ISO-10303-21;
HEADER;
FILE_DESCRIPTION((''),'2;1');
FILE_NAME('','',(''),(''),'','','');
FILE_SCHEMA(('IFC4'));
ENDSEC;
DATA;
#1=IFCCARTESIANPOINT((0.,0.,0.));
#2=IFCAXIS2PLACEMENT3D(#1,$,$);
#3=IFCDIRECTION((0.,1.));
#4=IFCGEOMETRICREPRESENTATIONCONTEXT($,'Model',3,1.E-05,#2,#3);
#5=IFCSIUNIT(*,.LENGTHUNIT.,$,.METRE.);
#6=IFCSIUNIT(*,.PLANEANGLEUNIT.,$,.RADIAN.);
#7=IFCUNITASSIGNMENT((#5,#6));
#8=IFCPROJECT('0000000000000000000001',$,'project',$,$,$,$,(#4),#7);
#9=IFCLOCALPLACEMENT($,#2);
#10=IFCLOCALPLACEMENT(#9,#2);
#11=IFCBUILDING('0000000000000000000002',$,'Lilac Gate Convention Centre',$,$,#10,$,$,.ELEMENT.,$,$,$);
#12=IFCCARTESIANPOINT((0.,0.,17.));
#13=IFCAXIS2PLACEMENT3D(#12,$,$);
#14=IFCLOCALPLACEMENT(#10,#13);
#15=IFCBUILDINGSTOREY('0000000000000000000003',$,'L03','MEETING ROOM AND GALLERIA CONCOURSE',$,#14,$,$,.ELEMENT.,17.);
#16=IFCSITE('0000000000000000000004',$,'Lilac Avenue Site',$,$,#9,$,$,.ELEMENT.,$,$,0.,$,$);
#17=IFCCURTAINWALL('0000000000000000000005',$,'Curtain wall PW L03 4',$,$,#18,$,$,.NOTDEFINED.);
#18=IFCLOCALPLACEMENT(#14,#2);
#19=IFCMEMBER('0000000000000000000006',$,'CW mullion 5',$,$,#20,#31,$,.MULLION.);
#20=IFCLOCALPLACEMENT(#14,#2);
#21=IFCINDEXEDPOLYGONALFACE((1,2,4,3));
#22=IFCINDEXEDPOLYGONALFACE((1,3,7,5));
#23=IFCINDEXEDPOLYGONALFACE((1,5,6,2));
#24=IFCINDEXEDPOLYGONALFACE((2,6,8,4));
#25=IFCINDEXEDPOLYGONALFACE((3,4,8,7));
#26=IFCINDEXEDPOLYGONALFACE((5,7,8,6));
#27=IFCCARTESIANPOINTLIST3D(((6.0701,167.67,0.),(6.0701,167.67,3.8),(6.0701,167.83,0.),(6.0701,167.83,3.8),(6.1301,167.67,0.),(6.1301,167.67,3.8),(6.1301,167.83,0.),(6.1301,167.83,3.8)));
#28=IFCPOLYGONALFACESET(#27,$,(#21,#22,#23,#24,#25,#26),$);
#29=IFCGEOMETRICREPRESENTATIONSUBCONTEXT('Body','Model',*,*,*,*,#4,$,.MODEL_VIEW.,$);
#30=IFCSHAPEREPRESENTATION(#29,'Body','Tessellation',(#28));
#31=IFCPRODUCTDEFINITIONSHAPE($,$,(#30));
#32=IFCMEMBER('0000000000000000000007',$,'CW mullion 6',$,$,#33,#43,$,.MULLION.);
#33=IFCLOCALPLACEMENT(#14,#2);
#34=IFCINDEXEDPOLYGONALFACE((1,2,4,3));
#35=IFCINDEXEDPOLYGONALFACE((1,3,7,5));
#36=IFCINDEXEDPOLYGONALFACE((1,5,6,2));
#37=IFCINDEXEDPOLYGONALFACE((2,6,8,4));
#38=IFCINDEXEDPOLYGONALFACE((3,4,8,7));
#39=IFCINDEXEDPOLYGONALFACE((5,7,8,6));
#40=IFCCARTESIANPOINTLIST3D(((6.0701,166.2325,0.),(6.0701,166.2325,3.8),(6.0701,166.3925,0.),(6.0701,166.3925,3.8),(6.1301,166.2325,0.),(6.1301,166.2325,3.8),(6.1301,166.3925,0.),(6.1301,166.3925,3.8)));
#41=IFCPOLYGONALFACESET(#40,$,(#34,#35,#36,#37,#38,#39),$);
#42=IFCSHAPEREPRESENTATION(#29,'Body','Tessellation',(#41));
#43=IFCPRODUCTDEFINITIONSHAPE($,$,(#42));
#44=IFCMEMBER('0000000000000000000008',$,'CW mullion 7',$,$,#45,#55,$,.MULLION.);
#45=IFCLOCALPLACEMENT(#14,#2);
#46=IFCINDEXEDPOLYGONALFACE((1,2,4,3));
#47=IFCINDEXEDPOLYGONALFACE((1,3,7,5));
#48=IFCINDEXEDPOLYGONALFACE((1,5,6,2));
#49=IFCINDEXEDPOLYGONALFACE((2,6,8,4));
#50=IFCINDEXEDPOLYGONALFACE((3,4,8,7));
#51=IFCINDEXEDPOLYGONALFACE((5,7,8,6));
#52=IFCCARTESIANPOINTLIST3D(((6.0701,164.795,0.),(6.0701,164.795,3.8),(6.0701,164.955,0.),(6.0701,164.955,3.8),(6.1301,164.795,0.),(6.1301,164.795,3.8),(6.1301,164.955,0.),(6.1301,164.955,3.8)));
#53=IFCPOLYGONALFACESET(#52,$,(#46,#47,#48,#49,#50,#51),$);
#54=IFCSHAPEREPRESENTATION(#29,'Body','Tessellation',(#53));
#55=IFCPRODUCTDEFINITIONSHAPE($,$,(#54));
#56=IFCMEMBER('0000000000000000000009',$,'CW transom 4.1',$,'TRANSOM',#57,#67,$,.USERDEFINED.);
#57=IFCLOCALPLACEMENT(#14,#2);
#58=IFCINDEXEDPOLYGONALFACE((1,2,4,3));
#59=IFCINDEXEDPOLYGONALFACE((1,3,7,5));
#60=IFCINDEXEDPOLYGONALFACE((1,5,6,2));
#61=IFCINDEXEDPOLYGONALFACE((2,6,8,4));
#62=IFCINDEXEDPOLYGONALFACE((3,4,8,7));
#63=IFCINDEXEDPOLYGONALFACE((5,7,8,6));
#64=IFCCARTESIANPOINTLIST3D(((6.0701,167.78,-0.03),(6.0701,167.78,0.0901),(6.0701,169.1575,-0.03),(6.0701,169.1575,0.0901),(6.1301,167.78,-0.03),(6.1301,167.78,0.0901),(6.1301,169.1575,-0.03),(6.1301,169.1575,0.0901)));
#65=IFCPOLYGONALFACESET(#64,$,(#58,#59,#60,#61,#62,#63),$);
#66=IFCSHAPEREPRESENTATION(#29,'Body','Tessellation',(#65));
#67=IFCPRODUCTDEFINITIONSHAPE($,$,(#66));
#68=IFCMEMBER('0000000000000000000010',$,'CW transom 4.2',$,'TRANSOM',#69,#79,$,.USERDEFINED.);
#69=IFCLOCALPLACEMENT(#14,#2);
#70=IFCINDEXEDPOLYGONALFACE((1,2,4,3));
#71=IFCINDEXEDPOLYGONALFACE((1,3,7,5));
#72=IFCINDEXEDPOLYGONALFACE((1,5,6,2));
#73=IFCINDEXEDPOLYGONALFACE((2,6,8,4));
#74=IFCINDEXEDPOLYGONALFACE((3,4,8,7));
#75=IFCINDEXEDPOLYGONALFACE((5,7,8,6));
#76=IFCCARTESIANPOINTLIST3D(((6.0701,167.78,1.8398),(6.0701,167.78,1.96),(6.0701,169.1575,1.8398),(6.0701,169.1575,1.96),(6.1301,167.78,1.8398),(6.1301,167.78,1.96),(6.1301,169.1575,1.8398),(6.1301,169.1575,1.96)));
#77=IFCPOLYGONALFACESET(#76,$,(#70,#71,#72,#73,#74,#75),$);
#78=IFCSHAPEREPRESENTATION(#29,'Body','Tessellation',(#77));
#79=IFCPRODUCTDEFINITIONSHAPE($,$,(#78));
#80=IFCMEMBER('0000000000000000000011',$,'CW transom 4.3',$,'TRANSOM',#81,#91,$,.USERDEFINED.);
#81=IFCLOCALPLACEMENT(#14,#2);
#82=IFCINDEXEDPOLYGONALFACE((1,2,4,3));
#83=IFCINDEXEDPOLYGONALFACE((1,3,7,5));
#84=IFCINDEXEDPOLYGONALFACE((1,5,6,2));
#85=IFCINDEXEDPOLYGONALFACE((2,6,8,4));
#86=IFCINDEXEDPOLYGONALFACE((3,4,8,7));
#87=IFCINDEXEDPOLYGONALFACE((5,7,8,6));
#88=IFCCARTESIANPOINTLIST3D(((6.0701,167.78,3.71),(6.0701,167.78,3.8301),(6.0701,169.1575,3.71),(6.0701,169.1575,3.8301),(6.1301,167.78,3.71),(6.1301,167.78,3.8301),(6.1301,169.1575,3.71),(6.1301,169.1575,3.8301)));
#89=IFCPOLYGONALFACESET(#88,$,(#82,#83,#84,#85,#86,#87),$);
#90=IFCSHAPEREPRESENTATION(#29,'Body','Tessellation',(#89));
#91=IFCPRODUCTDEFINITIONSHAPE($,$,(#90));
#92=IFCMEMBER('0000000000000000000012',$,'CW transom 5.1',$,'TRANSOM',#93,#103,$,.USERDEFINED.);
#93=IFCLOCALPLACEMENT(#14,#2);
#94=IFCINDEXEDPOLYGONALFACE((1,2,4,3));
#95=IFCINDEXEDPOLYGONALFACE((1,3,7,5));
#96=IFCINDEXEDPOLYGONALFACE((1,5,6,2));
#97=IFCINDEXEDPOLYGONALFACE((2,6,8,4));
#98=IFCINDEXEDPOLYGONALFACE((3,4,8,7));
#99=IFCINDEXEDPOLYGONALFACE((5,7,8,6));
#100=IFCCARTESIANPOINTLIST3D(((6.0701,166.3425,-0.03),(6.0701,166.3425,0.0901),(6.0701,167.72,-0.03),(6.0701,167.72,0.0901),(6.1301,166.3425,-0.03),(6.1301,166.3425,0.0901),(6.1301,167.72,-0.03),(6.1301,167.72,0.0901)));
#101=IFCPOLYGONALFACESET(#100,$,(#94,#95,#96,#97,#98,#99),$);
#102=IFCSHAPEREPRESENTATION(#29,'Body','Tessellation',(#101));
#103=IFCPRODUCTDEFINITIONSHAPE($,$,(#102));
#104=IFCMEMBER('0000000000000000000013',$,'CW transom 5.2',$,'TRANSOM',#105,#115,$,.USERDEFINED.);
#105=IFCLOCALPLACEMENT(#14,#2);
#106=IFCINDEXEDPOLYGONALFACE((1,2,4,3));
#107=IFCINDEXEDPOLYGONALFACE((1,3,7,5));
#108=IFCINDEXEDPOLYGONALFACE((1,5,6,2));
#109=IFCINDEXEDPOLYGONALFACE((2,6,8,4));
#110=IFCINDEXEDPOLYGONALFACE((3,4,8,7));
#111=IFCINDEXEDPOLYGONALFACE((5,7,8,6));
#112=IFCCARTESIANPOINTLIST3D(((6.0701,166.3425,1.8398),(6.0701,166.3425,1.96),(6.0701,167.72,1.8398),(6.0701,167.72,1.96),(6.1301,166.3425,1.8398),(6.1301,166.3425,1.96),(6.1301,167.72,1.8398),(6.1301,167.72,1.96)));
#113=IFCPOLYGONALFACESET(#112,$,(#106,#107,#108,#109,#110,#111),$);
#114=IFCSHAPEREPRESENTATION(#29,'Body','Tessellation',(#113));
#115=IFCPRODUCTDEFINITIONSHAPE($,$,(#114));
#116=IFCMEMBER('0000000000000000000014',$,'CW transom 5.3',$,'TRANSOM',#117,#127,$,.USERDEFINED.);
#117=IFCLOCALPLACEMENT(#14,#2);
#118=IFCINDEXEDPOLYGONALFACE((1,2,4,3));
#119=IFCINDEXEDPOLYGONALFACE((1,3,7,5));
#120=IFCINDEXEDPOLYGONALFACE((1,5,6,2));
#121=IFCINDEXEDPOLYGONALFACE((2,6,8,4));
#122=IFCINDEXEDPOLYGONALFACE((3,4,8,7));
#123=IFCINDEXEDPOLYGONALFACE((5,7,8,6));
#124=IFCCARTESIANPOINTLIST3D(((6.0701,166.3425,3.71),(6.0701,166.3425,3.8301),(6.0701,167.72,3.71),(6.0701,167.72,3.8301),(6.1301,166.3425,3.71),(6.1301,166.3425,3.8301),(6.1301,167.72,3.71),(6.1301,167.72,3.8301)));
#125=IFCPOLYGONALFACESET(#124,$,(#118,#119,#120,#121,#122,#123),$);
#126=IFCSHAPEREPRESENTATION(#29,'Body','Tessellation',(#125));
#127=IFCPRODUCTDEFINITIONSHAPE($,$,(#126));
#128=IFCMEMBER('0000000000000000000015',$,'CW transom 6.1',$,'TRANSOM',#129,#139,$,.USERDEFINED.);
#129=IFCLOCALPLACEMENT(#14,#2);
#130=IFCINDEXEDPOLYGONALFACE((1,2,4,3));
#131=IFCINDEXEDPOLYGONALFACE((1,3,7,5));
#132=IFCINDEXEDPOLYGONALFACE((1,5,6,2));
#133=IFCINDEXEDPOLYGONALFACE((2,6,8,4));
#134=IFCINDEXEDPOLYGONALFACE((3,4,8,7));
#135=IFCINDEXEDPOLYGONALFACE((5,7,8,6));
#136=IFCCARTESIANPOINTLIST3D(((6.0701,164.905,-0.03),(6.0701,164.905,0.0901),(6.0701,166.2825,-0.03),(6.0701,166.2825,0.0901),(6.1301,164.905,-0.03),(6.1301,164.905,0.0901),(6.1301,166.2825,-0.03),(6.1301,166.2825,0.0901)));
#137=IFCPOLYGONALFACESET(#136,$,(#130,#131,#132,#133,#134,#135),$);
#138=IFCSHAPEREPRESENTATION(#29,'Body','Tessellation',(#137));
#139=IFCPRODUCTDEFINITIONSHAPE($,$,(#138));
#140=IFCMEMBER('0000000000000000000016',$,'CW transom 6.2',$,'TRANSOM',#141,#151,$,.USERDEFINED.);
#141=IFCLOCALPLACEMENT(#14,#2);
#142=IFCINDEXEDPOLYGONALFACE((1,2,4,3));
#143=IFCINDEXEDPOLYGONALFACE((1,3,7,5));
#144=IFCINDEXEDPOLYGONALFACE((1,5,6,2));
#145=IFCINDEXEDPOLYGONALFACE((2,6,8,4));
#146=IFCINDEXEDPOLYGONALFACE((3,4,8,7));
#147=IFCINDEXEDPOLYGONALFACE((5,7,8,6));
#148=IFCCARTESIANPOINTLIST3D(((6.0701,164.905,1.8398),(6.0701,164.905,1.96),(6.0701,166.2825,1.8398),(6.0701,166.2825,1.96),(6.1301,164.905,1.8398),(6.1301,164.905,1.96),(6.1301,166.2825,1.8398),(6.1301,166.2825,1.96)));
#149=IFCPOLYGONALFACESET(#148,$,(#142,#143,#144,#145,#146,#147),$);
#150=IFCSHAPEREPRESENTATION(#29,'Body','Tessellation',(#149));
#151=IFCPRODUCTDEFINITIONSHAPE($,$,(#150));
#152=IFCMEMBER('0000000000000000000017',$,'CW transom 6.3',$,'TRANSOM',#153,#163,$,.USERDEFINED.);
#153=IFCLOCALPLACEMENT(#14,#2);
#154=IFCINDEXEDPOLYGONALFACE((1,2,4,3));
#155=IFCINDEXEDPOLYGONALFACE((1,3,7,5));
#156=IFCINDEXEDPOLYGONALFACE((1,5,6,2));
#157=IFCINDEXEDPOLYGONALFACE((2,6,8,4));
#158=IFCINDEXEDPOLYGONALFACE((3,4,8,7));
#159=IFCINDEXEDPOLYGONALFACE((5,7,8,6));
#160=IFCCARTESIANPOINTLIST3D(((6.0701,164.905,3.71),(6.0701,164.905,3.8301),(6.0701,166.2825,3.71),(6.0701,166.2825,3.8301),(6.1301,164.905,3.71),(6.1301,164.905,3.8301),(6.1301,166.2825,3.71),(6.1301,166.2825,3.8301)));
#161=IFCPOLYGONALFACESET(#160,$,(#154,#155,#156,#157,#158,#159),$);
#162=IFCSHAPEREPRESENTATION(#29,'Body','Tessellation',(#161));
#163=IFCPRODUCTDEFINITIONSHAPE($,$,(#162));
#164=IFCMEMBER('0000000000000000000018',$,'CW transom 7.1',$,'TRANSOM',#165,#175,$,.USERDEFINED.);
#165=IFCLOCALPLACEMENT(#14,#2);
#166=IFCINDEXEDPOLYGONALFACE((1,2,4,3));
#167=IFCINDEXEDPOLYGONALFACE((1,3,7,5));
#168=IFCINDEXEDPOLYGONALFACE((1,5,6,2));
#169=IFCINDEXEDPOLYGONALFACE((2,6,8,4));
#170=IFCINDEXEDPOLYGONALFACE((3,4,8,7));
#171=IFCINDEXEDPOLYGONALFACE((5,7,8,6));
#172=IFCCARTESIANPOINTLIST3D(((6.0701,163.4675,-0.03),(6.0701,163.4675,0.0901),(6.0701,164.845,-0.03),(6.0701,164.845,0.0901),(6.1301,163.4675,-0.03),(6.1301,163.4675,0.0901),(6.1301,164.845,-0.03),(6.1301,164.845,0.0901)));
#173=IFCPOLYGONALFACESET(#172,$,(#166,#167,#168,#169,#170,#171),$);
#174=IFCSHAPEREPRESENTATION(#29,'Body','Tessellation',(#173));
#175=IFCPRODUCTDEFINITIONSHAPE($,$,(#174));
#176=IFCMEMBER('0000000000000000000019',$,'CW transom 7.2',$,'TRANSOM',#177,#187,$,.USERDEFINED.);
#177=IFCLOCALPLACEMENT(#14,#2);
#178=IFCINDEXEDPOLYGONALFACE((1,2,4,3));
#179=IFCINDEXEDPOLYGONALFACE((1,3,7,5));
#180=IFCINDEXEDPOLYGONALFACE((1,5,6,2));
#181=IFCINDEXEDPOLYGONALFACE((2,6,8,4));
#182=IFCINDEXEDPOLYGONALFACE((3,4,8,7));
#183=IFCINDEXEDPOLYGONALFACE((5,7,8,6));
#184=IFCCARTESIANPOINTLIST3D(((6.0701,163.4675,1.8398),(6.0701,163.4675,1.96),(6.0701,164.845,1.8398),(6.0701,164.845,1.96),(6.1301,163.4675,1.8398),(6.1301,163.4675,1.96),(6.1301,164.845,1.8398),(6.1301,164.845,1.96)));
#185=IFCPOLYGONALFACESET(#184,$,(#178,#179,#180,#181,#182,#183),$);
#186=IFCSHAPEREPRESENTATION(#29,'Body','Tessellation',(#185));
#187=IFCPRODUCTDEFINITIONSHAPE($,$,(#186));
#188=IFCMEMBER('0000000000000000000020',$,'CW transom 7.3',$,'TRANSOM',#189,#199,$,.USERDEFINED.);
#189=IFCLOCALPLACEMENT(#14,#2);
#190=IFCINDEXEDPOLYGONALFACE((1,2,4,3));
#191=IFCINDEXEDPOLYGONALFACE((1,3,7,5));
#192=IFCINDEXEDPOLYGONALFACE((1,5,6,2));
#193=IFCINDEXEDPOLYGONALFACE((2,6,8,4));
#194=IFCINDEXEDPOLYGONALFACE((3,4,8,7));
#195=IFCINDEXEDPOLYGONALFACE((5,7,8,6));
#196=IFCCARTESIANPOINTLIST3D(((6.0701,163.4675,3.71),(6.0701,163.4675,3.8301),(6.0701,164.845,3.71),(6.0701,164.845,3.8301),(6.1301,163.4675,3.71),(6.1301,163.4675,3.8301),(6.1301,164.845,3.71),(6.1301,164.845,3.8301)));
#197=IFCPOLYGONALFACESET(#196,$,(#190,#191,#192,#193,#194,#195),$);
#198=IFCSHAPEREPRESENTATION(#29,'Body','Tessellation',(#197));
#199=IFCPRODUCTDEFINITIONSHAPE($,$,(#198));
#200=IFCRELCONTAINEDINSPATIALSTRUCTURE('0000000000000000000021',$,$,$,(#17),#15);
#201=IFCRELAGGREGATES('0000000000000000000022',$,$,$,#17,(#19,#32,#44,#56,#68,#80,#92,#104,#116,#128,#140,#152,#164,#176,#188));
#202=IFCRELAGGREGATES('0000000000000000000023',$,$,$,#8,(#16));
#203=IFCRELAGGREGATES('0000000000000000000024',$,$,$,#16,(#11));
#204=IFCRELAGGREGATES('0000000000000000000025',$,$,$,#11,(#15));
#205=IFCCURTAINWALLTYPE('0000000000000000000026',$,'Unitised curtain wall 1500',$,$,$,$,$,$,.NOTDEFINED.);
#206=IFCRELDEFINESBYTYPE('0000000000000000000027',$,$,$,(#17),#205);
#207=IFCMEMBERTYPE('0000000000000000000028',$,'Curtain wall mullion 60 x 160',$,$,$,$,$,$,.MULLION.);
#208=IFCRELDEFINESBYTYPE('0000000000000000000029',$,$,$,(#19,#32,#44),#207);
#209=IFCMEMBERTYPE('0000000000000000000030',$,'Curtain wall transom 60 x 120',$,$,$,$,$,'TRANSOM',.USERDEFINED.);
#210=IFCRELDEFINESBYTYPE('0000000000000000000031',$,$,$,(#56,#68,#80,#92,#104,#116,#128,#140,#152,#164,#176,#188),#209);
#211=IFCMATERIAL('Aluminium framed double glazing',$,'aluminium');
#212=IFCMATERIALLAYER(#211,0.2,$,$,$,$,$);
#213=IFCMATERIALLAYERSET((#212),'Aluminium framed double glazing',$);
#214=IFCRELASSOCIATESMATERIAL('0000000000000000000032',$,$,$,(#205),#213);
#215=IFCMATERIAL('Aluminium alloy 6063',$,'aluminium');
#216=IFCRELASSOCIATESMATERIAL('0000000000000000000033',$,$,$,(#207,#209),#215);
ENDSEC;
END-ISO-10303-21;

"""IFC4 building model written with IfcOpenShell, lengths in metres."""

from ifc_helpers import new_model, si_unit, direction, frame, origin, origin_2d, place, context, subcontext, project, spatial, rectangle, extrude, material, layer, layer_set, material_profile, profile_set, type_object, element, aggregate, save


model = new_model("IFC4")

# Units and contexts
model_context = context("Model", 3, precision=1e-05, world=origin(), true_north=direction((0.0, 1.0)))
body_context = subcontext(model_context, "Body", "Model", "MODEL_VIEW")
ifc_project = project(units=[si_unit("LENGTHUNIT", "METRE"), si_unit("PLANEANGLEUNIT", "RADIAN")], contexts=[model_context])

# Site, building, storey
site_placement = place(None, origin())
site = spatial("IfcSite", under=ifc_project, at=site_placement, Name="Lilac Avenue Site", CompositionType="ELEMENT", RefElevation=0.0)
building_placement = place(site_placement, origin())
building = spatial("IfcBuilding", under=site, at=building_placement, Name="Lilac Gate Convention Centre", CompositionType="ELEMENT")
storey_placement = place(building_placement, frame((0.0, 0.0, 17.0)))
storey = spatial("IfcBuildingStorey", under=building, at=storey_placement, Name="L03", Description="MEETING ROOM AND GALLERIA CONCOURSE", CompositionType="ELEMENT", Elevation=17.0)

# Curtain wall, members
ifc_material_1 = material(Name="Aluminium framed double glazing", Category="aluminium")
ifc_layer_1 = layer(ifc_material_1, 0.2)
ifc_layer_set_1 = layer_set([ifc_layer_1], Name="Aluminium framed double glazing")
curtain_wall_type = type_object("IfcCurtainWallType", Name="Unitised curtain wall 1500", PredefinedType="NOTDEFINED", material=ifc_layer_set_1)
curtain_wall_placement = place(storey_placement, origin())
curtain_wall = element("IfcCurtainWall", 1, at=curtain_wall_placement, inside=storey, type_object=curtain_wall_type, Name="Curtain wall PW L03 4", PredefinedType="NOTDEFINED")
ifc_material_2 = material(Name="Aluminium alloy 6063", Category="aluminium")
ifc_material_profile_1 = material_profile(ifc_material_2, rectangle(XDim=0.0601, YDim=0.1599, at=origin_2d()), Name="Curtain wall mullion 60 x 160")
ifc_profile_set_1 = profile_set([ifc_material_profile_1], Name="Aluminium alloy 6063")
member_type_1 = type_object("IfcMemberType", Name="Curtain wall mullion 60 x 160", PredefinedType="MULLION", material=ifc_profile_set_1)
member_1_placement = place(storey_placement, frame((6.1001, 167.75, 0.0), z_axis=(0.0, 0.0, 1.0), x_axis=(1.0, 0.0, 0.0)))
member_1 = element("IfcMember", 2, at=member_1_placement, type_object=member_type_1, Name="CW mullion 5", PredefinedType="MULLION", context=body_context, shape_type="SweptSolid", body=[
    extrude(rectangle(XDim=0.0601, YDim=0.1599, at=origin_2d()), origin(), (0.0, 0.0, 1.0), 3.8),
])
member_2_placement = place(storey_placement, frame((6.1001, 166.3125, 0.0), z_axis=(0.0, 0.0, 1.0), x_axis=(1.0, 0.0, 0.0)))
member_2 = element("IfcMember", 3, at=member_2_placement, type_object=member_type_1, Name="CW mullion 6", PredefinedType="MULLION", context=body_context, shape_type="SweptSolid", body=[
    extrude(rectangle(XDim=0.0601, YDim=0.1599, at=origin_2d()), origin(), (0.0, 0.0, 1.0), 3.8),
])
member_3_placement = place(storey_placement, frame((6.1001, 164.875, 0.0), z_axis=(0.0, 0.0, 1.0), x_axis=(1.0, 0.0, 0.0)))
member_3 = element("IfcMember", 4, at=member_3_placement, type_object=member_type_1, Name="CW mullion 7", PredefinedType="MULLION", context=body_context, shape_type="SweptSolid", body=[
    extrude(rectangle(XDim=0.0601, YDim=0.1599, at=origin_2d()), origin(), (0.0, 0.0, 1.0), 3.8),
])
ifc_material_profile_2 = material_profile(ifc_material_2, rectangle(XDim=0.0601, YDim=0.1201, at=origin_2d()), Name="Curtain wall transom 60 x 120")
ifc_profile_set_2 = profile_set([ifc_material_profile_2], Name="Aluminium alloy 6063")
member_type_2 = type_object("IfcMemberType", Name="Curtain wall transom 60 x 120", ElementType="TRANSOM", PredefinedType="USERDEFINED", material=ifc_profile_set_2)
member_4_placement = place(storey_placement, frame((6.1001, 169.1575, 0.03), z_axis=(0.0, -1.0, 0.0), x_axis=(1.0, 0.0, 0.0)))
member_4 = element("IfcMember", 5, at=member_4_placement, type_object=member_type_2, Name="CW transom 4.1", ObjectType="TRANSOM", PredefinedType="USERDEFINED", context=body_context, shape_type="SweptSolid", body=[
    extrude(rectangle(XDim=0.0601, YDim=0.1201, at=origin_2d()), origin(), (0.0, 0.0, 1.0), 1.3774),
])
member_5_placement = place(storey_placement, frame((6.1001, 169.1575, 1.8999), z_axis=(0.0, -1.0, 0.0), x_axis=(1.0, 0.0, 0.0)))
member_5 = element("IfcMember", 6, at=member_5_placement, type_object=member_type_2, Name="CW transom 4.2", ObjectType="TRANSOM", PredefinedType="USERDEFINED", context=body_context, shape_type="SweptSolid", body=[
    extrude(rectangle(XDim=0.0601, YDim=0.1201, at=origin_2d()), origin(), (0.0, 0.0, 1.0), 1.3774),
])
member_6_placement = place(storey_placement, frame((6.1001, 169.1575, 3.77), z_axis=(0.0, -1.0, 0.0), x_axis=(1.0, 0.0, 0.0)))
member_6 = element("IfcMember", 7, at=member_6_placement, type_object=member_type_2, Name="CW transom 4.3", ObjectType="TRANSOM", PredefinedType="USERDEFINED", context=body_context, shape_type="SweptSolid", body=[
    extrude(rectangle(XDim=0.0601, YDim=0.1201, at=origin_2d()), origin(), (0.0, 0.0, 1.0), 1.3774),
])
member_7_placement = place(storey_placement, frame((6.1001, 167.72, 0.03), z_axis=(0.0, -1.0, 0.0), x_axis=(1.0, 0.0, 0.0)))
member_7 = element("IfcMember", 8, at=member_7_placement, type_object=member_type_2, Name="CW transom 5.1", ObjectType="TRANSOM", PredefinedType="USERDEFINED", context=body_context, shape_type="SweptSolid", body=[
    extrude(rectangle(XDim=0.0601, YDim=0.1201, at=origin_2d()), origin(), (0.0, 0.0, 1.0), 1.3774),
])
member_8_placement = place(storey_placement, frame((6.1001, 167.72, 1.8999), z_axis=(0.0, -1.0, 0.0), x_axis=(1.0, 0.0, 0.0)))
member_8 = element("IfcMember", 9, at=member_8_placement, type_object=member_type_2, Name="CW transom 5.2", ObjectType="TRANSOM", PredefinedType="USERDEFINED", context=body_context, shape_type="SweptSolid", body=[
    extrude(rectangle(XDim=0.0601, YDim=0.1201, at=origin_2d()), origin(), (0.0, 0.0, 1.0), 1.3774),
])
member_9_placement = place(storey_placement, frame((6.1001, 167.72, 3.77), z_axis=(0.0, -1.0, 0.0), x_axis=(1.0, 0.0, 0.0)))
member_9 = element("IfcMember", 10, at=member_9_placement, type_object=member_type_2, Name="CW transom 5.3", ObjectType="TRANSOM", PredefinedType="USERDEFINED", context=body_context, shape_type="SweptSolid", body=[
    extrude(rectangle(XDim=0.0601, YDim=0.1201, at=origin_2d()), origin(), (0.0, 0.0, 1.0), 1.3774),
])
member_10_placement = place(storey_placement, frame((6.1001, 166.2825, 0.03), z_axis=(0.0, -1.0, 0.0), x_axis=(1.0, 0.0, 0.0)))
member_10 = element("IfcMember", 11, at=member_10_placement, type_object=member_type_2, Name="CW transom 6.1", ObjectType="TRANSOM", PredefinedType="USERDEFINED", context=body_context, shape_type="SweptSolid", body=[
    extrude(rectangle(XDim=0.0601, YDim=0.1201, at=origin_2d()), origin(), (0.0, 0.0, 1.0), 1.3774),
])
member_11_placement = place(storey_placement, frame((6.1001, 166.2825, 1.8999), z_axis=(0.0, -1.0, 0.0), x_axis=(1.0, 0.0, 0.0)))
member_11 = element("IfcMember", 12, at=member_11_placement, type_object=member_type_2, Name="CW transom 6.2", ObjectType="TRANSOM", PredefinedType="USERDEFINED", context=body_context, shape_type="SweptSolid", body=[
    extrude(rectangle(XDim=0.0601, YDim=0.1201, at=origin_2d()), origin(), (0.0, 0.0, 1.0), 1.3774),
])
member_12_placement = place(storey_placement, frame((6.1001, 166.2825, 3.77), z_axis=(0.0, -1.0, 0.0), x_axis=(1.0, 0.0, 0.0)))
member_12 = element("IfcMember", 13, at=member_12_placement, type_object=member_type_2, Name="CW transom 6.3", ObjectType="TRANSOM", PredefinedType="USERDEFINED", context=body_context, shape_type="SweptSolid", body=[
    extrude(rectangle(XDim=0.0601, YDim=0.1201, at=origin_2d()), origin(), (0.0, 0.0, 1.0), 1.3774),
])
member_13_placement = place(storey_placement, frame((6.1001, 164.845, 0.03), z_axis=(0.0, -1.0, 0.0), x_axis=(1.0, 0.0, 0.0)))
member_13 = element("IfcMember", 14, at=member_13_placement, type_object=member_type_2, Name="CW transom 7.1", ObjectType="TRANSOM", PredefinedType="USERDEFINED", context=body_context, shape_type="SweptSolid", body=[
    extrude(rectangle(XDim=0.0601, YDim=0.1201, at=origin_2d()), origin(), (0.0, 0.0, 1.0), 1.3774),
])
member_14_placement = place(storey_placement, frame((6.1001, 164.845, 1.8999), z_axis=(0.0, -1.0, 0.0), x_axis=(1.0, 0.0, 0.0)))
member_14 = element("IfcMember", 15, at=member_14_placement, type_object=member_type_2, Name="CW transom 7.2", ObjectType="TRANSOM", PredefinedType="USERDEFINED", context=body_context, shape_type="SweptSolid", body=[
    extrude(rectangle(XDim=0.0601, YDim=0.1201, at=origin_2d()), origin(), (0.0, 0.0, 1.0), 1.3774),
])
member_15_placement = place(storey_placement, frame((6.1001, 164.845, 3.77), z_axis=(0.0, -1.0, 0.0), x_axis=(1.0, 0.0, 0.0)))
member_15 = element("IfcMember", 16, at=member_15_placement, type_object=member_type_2, Name="CW transom 7.3", ObjectType="TRANSOM", PredefinedType="USERDEFINED", context=body_context, shape_type="SweptSolid", body=[
    extrude(rectangle(XDim=0.0601, YDim=0.1201, at=origin_2d()), origin(), (0.0, 0.0, 1.0), 1.3774),
])
aggregate(curtain_wall, [member_1, member_2, member_3, member_4, member_5, member_6, member_7, member_8, member_9, member_10, member_11, member_12, member_13, member_14, member_15])

save(model, "model.ifc")
